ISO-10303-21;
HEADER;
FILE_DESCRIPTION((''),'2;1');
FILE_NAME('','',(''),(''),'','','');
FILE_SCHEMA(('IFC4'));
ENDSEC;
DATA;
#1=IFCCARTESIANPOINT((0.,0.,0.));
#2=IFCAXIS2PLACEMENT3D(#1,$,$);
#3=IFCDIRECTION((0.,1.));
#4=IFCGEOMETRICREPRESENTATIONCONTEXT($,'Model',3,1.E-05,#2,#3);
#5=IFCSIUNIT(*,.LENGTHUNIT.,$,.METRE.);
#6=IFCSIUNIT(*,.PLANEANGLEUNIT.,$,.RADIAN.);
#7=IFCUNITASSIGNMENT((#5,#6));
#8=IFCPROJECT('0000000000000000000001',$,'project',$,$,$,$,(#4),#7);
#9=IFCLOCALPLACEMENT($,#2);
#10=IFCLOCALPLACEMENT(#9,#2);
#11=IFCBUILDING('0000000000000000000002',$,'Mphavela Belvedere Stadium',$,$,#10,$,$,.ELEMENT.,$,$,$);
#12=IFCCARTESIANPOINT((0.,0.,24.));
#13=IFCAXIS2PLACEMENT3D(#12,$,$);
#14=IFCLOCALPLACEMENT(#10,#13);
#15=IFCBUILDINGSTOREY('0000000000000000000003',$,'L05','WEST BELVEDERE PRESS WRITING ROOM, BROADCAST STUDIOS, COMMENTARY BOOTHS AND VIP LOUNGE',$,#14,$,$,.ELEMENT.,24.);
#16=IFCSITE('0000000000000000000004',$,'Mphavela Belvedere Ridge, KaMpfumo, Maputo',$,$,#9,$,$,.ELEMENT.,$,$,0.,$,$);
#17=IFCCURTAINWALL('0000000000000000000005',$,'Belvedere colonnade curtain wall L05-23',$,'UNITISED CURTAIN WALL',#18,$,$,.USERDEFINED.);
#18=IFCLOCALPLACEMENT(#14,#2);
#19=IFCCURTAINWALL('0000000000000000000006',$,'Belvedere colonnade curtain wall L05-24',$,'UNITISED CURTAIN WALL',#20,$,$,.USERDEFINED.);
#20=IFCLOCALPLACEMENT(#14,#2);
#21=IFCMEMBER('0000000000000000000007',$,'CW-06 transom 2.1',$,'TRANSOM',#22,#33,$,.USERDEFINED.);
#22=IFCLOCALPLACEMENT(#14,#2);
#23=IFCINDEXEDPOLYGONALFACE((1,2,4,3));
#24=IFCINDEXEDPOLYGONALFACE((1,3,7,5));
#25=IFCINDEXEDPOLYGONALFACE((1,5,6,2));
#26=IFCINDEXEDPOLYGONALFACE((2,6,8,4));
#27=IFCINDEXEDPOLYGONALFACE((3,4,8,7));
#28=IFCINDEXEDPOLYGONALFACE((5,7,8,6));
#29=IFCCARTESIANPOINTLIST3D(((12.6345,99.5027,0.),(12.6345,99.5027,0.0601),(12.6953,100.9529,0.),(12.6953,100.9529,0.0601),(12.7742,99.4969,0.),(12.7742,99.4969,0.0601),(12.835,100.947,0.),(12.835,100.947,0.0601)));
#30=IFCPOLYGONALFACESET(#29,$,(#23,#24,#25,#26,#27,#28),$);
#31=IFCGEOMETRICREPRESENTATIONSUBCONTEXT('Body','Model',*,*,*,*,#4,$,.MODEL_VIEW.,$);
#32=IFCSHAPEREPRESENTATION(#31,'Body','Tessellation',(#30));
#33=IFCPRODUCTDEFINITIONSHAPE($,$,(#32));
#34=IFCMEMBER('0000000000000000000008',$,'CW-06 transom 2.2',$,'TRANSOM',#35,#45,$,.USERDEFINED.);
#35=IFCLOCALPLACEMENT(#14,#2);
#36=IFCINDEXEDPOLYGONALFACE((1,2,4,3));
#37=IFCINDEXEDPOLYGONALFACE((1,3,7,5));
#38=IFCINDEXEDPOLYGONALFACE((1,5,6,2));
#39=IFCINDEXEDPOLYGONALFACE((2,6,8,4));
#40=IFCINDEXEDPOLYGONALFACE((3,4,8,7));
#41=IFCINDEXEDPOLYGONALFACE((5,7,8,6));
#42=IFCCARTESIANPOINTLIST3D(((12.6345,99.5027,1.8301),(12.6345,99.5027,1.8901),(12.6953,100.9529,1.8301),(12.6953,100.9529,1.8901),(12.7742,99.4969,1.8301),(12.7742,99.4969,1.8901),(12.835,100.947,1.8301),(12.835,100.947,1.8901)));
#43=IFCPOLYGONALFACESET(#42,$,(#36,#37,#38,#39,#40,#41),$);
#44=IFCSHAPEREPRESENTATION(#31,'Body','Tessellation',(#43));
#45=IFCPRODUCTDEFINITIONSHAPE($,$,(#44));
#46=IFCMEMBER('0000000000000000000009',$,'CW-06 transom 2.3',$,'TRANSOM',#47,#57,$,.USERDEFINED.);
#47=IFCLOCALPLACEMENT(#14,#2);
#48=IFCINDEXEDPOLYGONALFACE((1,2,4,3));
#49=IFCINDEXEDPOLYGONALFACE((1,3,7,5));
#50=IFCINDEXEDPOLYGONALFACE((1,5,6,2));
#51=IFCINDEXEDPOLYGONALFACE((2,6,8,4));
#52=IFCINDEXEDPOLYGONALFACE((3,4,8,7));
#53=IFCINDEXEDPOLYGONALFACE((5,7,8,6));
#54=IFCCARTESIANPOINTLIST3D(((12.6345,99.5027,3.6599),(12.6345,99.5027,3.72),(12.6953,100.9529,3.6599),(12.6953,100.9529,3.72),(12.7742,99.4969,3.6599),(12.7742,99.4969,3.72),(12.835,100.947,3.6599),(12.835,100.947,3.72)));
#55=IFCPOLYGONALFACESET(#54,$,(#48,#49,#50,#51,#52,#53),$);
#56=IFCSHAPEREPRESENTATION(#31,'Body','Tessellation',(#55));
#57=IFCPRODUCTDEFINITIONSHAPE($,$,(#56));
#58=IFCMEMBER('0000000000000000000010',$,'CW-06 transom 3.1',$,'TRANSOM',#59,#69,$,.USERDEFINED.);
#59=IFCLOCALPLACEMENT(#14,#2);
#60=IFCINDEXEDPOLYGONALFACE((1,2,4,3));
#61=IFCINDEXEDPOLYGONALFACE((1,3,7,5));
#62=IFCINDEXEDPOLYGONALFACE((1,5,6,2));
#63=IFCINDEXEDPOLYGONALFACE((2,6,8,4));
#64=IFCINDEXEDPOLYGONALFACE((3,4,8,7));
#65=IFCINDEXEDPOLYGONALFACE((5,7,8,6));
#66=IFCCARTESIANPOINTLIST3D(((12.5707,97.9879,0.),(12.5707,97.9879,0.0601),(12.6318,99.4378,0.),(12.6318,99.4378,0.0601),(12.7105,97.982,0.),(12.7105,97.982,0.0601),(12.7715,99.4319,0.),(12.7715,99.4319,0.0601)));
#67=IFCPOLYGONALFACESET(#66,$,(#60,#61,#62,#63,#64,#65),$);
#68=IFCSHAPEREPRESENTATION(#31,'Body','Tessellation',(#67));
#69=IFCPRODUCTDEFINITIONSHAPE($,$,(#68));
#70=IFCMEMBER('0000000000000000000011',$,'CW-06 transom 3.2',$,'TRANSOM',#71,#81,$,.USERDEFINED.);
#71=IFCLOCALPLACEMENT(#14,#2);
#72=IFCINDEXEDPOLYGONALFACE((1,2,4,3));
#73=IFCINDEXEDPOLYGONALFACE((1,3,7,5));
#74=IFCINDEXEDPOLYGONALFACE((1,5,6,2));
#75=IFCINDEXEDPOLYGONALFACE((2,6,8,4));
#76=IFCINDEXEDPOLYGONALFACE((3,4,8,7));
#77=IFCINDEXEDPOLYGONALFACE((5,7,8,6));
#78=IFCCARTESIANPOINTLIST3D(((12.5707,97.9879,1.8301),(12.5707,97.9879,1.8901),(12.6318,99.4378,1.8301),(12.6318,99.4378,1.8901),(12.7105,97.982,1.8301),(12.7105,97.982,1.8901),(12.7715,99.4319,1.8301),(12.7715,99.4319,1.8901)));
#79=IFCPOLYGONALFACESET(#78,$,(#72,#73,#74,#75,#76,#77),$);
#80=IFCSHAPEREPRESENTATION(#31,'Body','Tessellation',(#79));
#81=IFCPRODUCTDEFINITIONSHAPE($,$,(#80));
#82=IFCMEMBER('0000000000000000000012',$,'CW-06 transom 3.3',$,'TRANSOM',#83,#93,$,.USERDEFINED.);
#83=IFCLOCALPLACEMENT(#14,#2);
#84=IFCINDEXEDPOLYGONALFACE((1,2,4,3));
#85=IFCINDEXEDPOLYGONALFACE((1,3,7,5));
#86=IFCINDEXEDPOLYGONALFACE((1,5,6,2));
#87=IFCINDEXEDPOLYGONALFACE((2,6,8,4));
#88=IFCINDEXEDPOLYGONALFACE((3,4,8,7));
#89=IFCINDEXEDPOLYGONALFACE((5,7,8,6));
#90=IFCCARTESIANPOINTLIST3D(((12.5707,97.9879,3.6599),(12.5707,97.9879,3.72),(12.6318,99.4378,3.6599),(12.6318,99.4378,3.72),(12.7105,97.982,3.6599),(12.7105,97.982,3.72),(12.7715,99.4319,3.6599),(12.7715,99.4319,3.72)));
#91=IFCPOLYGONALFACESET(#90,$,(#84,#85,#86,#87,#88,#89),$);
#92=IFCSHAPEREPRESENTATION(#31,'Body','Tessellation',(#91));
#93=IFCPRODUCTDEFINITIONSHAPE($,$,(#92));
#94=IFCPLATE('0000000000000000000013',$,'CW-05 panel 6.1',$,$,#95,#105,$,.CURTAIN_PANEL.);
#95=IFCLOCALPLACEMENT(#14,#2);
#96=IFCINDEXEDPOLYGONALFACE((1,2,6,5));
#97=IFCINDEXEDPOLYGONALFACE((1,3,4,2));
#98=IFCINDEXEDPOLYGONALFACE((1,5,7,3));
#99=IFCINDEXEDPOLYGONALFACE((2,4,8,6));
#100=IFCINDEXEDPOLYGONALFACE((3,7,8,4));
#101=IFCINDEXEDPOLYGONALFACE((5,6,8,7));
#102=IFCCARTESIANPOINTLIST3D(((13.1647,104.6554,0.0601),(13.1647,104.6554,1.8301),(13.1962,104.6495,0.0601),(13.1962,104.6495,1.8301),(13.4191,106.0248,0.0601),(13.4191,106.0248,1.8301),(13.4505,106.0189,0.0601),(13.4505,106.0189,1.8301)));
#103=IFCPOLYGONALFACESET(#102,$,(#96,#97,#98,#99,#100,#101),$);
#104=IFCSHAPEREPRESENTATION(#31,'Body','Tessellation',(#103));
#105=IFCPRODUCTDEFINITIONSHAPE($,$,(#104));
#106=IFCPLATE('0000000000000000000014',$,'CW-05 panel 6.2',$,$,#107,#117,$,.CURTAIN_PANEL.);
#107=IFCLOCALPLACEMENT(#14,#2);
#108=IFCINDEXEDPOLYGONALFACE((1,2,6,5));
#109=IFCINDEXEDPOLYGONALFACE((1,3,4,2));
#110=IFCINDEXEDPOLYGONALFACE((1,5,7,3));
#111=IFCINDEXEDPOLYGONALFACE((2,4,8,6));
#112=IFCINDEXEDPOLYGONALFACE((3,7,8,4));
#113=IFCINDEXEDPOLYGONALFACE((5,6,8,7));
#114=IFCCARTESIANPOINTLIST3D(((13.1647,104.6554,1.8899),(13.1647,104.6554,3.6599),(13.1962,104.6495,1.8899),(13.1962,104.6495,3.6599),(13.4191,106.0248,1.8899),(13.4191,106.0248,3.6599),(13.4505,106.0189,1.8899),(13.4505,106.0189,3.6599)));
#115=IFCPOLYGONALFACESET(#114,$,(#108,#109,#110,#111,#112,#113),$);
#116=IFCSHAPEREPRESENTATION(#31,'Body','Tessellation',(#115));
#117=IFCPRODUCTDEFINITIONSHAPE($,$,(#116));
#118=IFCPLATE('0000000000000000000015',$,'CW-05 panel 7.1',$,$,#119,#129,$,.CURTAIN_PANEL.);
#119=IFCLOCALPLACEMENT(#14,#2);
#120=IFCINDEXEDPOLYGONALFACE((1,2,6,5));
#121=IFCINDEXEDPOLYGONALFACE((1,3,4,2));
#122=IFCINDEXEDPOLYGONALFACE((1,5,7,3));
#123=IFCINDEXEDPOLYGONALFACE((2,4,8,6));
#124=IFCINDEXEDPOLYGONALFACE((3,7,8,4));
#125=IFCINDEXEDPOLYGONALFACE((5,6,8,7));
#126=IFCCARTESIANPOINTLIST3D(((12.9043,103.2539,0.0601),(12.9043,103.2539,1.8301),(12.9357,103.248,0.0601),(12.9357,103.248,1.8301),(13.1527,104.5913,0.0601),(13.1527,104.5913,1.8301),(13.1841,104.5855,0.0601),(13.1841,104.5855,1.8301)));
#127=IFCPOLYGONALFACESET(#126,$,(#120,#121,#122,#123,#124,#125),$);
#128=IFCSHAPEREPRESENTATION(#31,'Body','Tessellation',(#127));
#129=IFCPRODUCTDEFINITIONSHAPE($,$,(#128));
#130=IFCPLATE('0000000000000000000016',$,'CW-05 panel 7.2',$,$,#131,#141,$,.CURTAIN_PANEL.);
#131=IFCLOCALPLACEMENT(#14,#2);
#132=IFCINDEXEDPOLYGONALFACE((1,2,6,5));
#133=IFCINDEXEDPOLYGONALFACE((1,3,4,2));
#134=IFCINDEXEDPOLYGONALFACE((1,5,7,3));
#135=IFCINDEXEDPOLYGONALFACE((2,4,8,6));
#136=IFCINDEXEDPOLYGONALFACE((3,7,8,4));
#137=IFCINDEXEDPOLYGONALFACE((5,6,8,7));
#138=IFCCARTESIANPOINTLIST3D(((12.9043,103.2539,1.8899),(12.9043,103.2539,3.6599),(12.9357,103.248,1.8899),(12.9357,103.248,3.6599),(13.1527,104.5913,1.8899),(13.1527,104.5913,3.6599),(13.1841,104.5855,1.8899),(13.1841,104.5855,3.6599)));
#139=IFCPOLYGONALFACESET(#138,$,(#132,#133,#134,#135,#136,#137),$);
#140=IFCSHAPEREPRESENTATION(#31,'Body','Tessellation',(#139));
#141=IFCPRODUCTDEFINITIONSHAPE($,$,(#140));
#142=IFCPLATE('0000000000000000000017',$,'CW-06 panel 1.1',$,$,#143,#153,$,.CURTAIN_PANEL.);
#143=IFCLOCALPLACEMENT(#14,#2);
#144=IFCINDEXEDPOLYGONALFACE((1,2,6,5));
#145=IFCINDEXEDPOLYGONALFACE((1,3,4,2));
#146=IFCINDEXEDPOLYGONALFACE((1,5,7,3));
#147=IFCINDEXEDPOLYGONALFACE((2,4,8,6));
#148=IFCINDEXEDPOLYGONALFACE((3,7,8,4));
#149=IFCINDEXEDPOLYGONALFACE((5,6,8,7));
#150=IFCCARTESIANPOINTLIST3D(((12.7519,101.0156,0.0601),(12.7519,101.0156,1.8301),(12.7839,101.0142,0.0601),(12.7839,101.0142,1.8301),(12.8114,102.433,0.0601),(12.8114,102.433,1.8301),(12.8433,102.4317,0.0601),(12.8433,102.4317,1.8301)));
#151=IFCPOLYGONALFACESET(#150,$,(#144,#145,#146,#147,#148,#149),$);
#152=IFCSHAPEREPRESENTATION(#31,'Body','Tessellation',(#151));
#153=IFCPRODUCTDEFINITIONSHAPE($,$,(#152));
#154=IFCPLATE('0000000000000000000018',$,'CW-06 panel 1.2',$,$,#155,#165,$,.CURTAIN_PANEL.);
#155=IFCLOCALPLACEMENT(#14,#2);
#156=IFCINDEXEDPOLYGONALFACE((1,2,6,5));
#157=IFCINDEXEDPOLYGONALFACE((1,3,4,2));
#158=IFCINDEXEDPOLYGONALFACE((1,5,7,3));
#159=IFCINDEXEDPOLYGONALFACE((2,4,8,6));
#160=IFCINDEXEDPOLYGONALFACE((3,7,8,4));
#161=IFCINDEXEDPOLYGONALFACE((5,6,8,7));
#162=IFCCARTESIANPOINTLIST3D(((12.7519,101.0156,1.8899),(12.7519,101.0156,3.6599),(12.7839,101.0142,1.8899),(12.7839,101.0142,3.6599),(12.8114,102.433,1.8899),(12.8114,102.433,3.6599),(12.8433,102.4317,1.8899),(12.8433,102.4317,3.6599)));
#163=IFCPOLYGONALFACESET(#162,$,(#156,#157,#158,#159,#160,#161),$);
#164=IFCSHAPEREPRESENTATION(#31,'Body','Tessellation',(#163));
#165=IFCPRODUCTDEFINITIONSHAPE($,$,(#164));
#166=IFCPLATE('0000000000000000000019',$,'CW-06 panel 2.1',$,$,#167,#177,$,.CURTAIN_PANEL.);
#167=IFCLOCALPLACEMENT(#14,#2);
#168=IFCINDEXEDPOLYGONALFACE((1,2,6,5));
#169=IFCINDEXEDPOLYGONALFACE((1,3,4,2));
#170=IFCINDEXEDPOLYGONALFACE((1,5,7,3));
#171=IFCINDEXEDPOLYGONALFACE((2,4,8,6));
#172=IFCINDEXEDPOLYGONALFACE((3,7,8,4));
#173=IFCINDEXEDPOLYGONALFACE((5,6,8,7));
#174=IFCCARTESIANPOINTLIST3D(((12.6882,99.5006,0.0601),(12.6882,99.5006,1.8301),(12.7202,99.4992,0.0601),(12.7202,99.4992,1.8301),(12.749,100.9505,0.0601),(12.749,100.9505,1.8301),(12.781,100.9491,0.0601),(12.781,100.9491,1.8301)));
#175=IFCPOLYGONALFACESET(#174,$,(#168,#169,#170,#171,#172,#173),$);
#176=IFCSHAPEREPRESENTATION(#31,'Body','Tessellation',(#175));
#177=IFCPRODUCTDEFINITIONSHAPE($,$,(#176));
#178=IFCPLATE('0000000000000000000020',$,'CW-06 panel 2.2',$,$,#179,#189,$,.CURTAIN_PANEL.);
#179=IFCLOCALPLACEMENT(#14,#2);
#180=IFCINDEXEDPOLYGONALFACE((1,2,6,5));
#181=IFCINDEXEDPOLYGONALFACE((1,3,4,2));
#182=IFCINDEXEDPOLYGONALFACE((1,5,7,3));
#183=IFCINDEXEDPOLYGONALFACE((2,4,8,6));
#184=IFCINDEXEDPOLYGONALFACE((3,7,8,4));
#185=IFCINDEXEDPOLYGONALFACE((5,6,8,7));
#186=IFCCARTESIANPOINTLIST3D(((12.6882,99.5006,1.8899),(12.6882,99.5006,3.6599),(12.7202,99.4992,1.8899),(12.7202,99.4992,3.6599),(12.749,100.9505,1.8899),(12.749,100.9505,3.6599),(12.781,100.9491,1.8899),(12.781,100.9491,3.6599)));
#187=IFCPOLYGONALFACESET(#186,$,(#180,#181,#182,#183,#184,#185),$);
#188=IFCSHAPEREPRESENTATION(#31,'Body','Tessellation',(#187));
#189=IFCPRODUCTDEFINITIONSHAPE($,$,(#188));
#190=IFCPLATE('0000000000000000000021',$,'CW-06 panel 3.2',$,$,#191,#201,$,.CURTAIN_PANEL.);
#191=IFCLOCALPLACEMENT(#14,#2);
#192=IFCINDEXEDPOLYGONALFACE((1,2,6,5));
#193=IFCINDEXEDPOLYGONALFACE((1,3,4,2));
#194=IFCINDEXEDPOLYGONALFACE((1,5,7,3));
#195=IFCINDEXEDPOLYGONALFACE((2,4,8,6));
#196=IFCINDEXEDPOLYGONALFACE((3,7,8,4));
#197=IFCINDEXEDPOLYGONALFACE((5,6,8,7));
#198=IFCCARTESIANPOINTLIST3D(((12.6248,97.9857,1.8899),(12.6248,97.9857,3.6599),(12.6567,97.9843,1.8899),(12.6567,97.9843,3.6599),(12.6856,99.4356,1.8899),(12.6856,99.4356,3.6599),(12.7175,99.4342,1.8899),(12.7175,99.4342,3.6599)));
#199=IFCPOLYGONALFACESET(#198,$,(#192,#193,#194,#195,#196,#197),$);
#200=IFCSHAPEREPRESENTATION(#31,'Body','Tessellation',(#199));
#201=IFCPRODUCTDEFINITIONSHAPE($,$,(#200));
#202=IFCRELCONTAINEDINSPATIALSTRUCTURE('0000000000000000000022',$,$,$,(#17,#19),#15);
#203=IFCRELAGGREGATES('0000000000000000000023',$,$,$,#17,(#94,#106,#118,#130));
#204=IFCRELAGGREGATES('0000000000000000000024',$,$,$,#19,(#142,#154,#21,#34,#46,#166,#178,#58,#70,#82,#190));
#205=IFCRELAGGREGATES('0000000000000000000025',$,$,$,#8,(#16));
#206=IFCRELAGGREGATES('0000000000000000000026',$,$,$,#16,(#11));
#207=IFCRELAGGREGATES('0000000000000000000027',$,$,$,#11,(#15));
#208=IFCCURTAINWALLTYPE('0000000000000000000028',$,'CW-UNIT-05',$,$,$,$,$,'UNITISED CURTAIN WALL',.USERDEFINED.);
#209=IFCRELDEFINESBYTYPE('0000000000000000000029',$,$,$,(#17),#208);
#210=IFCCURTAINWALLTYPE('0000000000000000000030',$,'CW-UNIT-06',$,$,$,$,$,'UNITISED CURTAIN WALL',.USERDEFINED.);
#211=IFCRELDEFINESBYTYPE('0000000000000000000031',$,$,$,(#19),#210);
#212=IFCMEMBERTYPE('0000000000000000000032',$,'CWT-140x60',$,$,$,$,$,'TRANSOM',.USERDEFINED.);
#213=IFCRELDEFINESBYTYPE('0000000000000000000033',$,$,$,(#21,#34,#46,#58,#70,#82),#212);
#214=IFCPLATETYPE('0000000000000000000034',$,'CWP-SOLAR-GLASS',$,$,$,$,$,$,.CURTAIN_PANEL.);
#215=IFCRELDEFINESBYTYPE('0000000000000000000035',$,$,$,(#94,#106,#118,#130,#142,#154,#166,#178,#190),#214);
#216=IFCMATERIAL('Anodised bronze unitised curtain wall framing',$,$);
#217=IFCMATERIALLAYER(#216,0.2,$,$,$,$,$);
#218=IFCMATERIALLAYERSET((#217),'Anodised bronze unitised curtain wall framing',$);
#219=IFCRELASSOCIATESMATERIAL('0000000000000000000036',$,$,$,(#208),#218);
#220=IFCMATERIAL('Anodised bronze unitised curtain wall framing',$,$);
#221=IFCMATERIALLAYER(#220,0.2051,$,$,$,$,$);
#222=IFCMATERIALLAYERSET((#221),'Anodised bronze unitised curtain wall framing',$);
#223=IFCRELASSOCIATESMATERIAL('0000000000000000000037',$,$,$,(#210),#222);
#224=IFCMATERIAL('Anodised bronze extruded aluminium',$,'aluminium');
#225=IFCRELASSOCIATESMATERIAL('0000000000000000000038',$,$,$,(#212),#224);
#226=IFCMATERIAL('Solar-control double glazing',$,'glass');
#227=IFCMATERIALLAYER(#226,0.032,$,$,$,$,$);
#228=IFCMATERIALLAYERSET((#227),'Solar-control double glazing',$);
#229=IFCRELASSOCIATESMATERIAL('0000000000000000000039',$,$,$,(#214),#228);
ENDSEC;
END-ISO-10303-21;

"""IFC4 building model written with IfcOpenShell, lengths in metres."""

from ifc_helpers import new_model, si_unit, direction, frame, origin, origin_2d, place, context, subcontext, project, spatial, rectangle, extrude, material, layer, layer_set, material_profile, profile_set, type_object, element, aggregate, save


model = new_model("IFC4")

# Units and contexts
model_context = context("Model", 3, precision=1e-05, world=origin(), true_north=direction((0.0, 1.0)))
body_context = subcontext(model_context, "Body", "Model", "MODEL_VIEW")
ifc_project = project(units=[si_unit("LENGTHUNIT", "METRE"), si_unit("PLANEANGLEUNIT", "RADIAN")], contexts=[model_context])

# Site, building, storey
site_placement = place(None, origin())
site = spatial("IfcSite", under=ifc_project, at=site_placement, Name="Mphavela Belvedere Ridge, KaMpfumo, Maputo", CompositionType="ELEMENT", RefElevation=0.0)
building_placement = place(site_placement, origin())
building = spatial("IfcBuilding", under=site, at=building_placement, Name="Mphavela Belvedere Stadium", CompositionType="ELEMENT")
storey_placement = place(building_placement, frame((0.0, 0.0, 24.0)))
storey = spatial("IfcBuildingStorey", under=building, at=storey_placement, Name="L05", Description="WEST BELVEDERE PRESS WRITING ROOM, BROADCAST STUDIOS, COMMENTARY BOOTHS AND VIP LOUNGE", CompositionType="ELEMENT", Elevation=24.0)

# Curtain walls
ifc_material_1 = material(Name="Anodised bronze unitised curtain wall framing")
ifc_layer_1 = layer(ifc_material_1, 0.2)
ifc_layer_set_1 = layer_set([ifc_layer_1], Name="Anodised bronze unitised curtain wall framing")
curtain_wall_type_1 = type_object("IfcCurtainWallType", Name="CW-UNIT-05", ElementType="UNITISED CURTAIN WALL", PredefinedType="USERDEFINED", material=ifc_layer_set_1)
curtain_wall_1_placement = place(storey_placement, origin())
curtain_wall_1 = element("IfcCurtainWall", 1, at=curtain_wall_1_placement, inside=storey, type_object=curtain_wall_type_1, Name="Belvedere colonnade curtain wall L05-23", ObjectType="UNITISED CURTAIN WALL", PredefinedType="USERDEFINED")
ifc_material_2 = material(Name="Anodised bronze unitised curtain wall framing")
ifc_layer_2 = layer(ifc_material_2, 0.2051)
ifc_layer_set_2 = layer_set([ifc_layer_2], Name="Anodised bronze unitised curtain wall framing")
curtain_wall_type_2 = type_object("IfcCurtainWallType", Name="CW-UNIT-06", ElementType="UNITISED CURTAIN WALL", PredefinedType="USERDEFINED", material=ifc_layer_set_2)
curtain_wall_2_placement = place(storey_placement, origin())
curtain_wall_2 = element("IfcCurtainWall", 2, at=curtain_wall_2_placement, inside=storey, type_object=curtain_wall_type_2, Name="Belvedere colonnade curtain wall L05-24", ObjectType="UNITISED CURTAIN WALL", PredefinedType="USERDEFINED")

# Members
ifc_material_3 = material(Name="Anodised bronze extruded aluminium", Category="aluminium")
ifc_material_profile_1 = material_profile(ifc_material_3, rectangle(XDim=0.1399, YDim=0.0601, at=origin_2d()), Name="CW-TRN 140x60")
ifc_profile_set_1 = profile_set([ifc_material_profile_1], Name="Anodised bronze extruded aluminium")
member_type_1 = type_object("IfcMemberType", Name="CWT-140x60", ElementType="TRANSOM", PredefinedType="USERDEFINED", material=ifc_profile_set_1)
member_1_placement = place(storey_placement, frame((12.7651, 100.95, 0.03), z_axis=(-0.041882, -0.999123, 0.0), x_axis=(0.999123, -0.041882, 0.0)))
member_1 = element("IfcMember", 3, at=member_1_placement, type_object=member_type_1, Name="CW-06 transom 2.1", ObjectType="TRANSOM", PredefinedType="USERDEFINED", context=body_context, shape_type="SweptSolid", body=[
    extrude(rectangle(XDim=0.1399, YDim=0.0601, at=origin_2d()), origin(), (0.0, 0.0, 1.0), 1.4514),
])
member_2_placement = place(storey_placement, frame((12.7651, 100.95, 1.8601), z_axis=(-0.041882, -0.999123, 0.0), x_axis=(0.999123, -0.041882, 0.0)))
member_2 = element("IfcMember", 4, at=member_2_placement, type_object=member_type_1, Name="CW-06 transom 2.2", ObjectType="TRANSOM", PredefinedType="USERDEFINED", context=body_context, shape_type="SweptSolid", body=[
    extrude(rectangle(XDim=0.1399, YDim=0.0601, at=origin_2d()), origin(), (0.0, 0.0, 1.0), 1.4514),
])
member_3_placement = place(storey_placement, frame((12.7651, 100.95, 3.6899), z_axis=(-0.041882, -0.999123, 0.0), x_axis=(0.999123, -0.041882, 0.0)))
member_3 = element("IfcMember", 5, at=member_3_placement, type_object=member_type_1, Name="CW-06 transom 2.3", ObjectType="TRANSOM", PredefinedType="USERDEFINED", context=body_context, shape_type="SweptSolid", body=[
    extrude(rectangle(XDim=0.1399, YDim=0.0601, at=origin_2d()), origin(), (0.0, 0.0, 1.0), 1.4514),
])
member_4_placement = place(storey_placement, frame((12.7017, 99.4348, 0.03), z_axis=(-0.042057, -0.999115, 0.0), x_axis=(0.999115, -0.042057, 0.0)))
member_4 = element("IfcMember", 6, at=member_4_placement, type_object=member_type_1, Name="CW-06 transom 3.1", ObjectType="TRANSOM", PredefinedType="USERDEFINED", context=body_context, shape_type="SweptSolid", body=[
    extrude(rectangle(XDim=0.1399, YDim=0.0601, at=origin_2d()), origin(), (0.0, 0.0, 1.0), 1.4512),
])
member_5_placement = place(storey_placement, frame((12.7017, 99.4348, 1.8601), z_axis=(-0.042057, -0.999115, 0.0), x_axis=(0.999115, -0.042057, 0.0)))
member_5 = element("IfcMember", 7, at=member_5_placement, type_object=member_type_1, Name="CW-06 transom 3.2", ObjectType="TRANSOM", PredefinedType="USERDEFINED", context=body_context, shape_type="SweptSolid", body=[
    extrude(rectangle(XDim=0.1399, YDim=0.0601, at=origin_2d()), origin(), (0.0, 0.0, 1.0), 1.4512),
])
member_6_placement = place(storey_placement, frame((12.7017, 99.4348, 3.6899), z_axis=(-0.042057, -0.999115, 0.0), x_axis=(0.999115, -0.042057, 0.0)))
member_6 = element("IfcMember", 8, at=member_6_placement, type_object=member_type_1, Name="CW-06 transom 3.3", ObjectType="TRANSOM", PredefinedType="USERDEFINED", context=body_context, shape_type="SweptSolid", body=[
    extrude(rectangle(XDim=0.1399, YDim=0.0601, at=origin_2d()), origin(), (0.0, 0.0, 1.0), 1.4512),
])

# Plates
ifc_material_4 = material(Name="Solar-control double glazing", Category="glass")
ifc_layer_3 = layer(ifc_material_4, 0.032)
ifc_layer_set_3 = layer_set([ifc_layer_3], Name="Solar-control double glazing")
plate_type = type_object("IfcPlateType", Name="CWP-SOLAR-GLASS", PredefinedType="CURTAIN_PANEL", material=ifc_layer_set_3)
plate_1_placement = place(storey_placement, frame((13.3076, 105.3372, 0.0601), z_axis=(0.0, 0.0, 1.0), x_axis=(-0.182618, -0.983184, 0.0)))
plate_1 = element("IfcPlate", 9, at=plate_1_placement, type_object=plate_type, Name="CW-05 panel 6.1", PredefinedType="CURTAIN_PANEL", context=body_context, shape_type="SweptSolid", body=[
    extrude(rectangle(XDim=1.3928, YDim=0.032, at=origin_2d()), origin(), (0.0, 0.0, 1.0), 1.77),
])
plate_2_placement = place(storey_placement, frame((13.3076, 105.3372, 1.8899), z_axis=(0.0, 0.0, 1.0), x_axis=(-0.182618, -0.983184, 0.0)))
plate_2 = element("IfcPlate", 10, at=plate_2_placement, type_object=plate_type, Name="CW-05 panel 6.2", PredefinedType="CURTAIN_PANEL", context=body_context, shape_type="SweptSolid", body=[
    extrude(rectangle(XDim=1.3928, YDim=0.032, at=origin_2d()), origin(), (0.0, 0.0, 1.0), 1.77),
])
plate_3_placement = place(storey_placement, frame((13.0442, 103.9197, 0.0601), z_axis=(0.0, 0.0, 1.0), x_axis=(-0.182618, -0.983184, 0.0)))
plate_3 = element("IfcPlate", 11, at=plate_3_placement, type_object=plate_type, Name="CW-05 panel 7.1", PredefinedType="CURTAIN_PANEL", context=body_context, shape_type="SweptSolid", body=[
    extrude(rectangle(XDim=1.3604, YDim=0.032, at=origin_2d()), origin(), (0.0, 0.0, 1.0), 1.77),
])
plate_4_placement = place(storey_placement, frame((13.0442, 103.9197, 1.8899), z_axis=(0.0, 0.0, 1.0), x_axis=(-0.182618, -0.983184, 0.0)))
plate_4 = element("IfcPlate", 12, at=plate_4_placement, type_object=plate_type, Name="CW-05 panel 7.2", PredefinedType="CURTAIN_PANEL", context=body_context, shape_type="SweptSolid", body=[
    extrude(rectangle(XDim=1.3604, YDim=0.032, at=origin_2d()), origin(), (0.0, 0.0, 1.0), 1.77),
])
aggregate(curtain_wall_1, [plate_1, plate_2, plate_3, plate_4])
plate_5_placement = place(storey_placement, frame((12.7976, 101.7236, 0.0601), z_axis=(0.0, 0.0, 1.0), x_axis=(-0.041905, -0.999122, 0.0)))
plate_5 = element("IfcPlate", 13, at=plate_5_placement, type_object=plate_type, Name="CW-06 panel 1.1", PredefinedType="CURTAIN_PANEL", context=body_context, shape_type="SweptSolid", body=[
    extrude(rectangle(XDim=1.4187, YDim=0.032, at=origin_2d()), origin(), (0.0, 0.0, 1.0), 1.77),
])
plate_6_placement = place(storey_placement, frame((12.7976, 101.7236, 1.8899), z_axis=(0.0, 0.0, 1.0), x_axis=(-0.041905, -0.999122, 0.0)))
plate_6 = element("IfcPlate", 14, at=plate_6_placement, type_object=plate_type, Name="CW-06 panel 1.2", PredefinedType="CURTAIN_PANEL", context=body_context, shape_type="SweptSolid", body=[
    extrude(rectangle(XDim=1.4187, YDim=0.032, at=origin_2d()), origin(), (0.0, 0.0, 1.0), 1.77),
])
plate_7_placement = place(storey_placement, frame((12.7346, 100.2249, 0.0601), z_axis=(0.0, 0.0, 1.0), x_axis=(-0.041905, -0.999122, 0.0)))
plate_7 = element("IfcPlate", 15, at=plate_7_placement, type_object=plate_type, Name="CW-06 panel 2.1", PredefinedType="CURTAIN_PANEL", context=body_context, shape_type="SweptSolid", body=[
    extrude(rectangle(XDim=1.4512, YDim=0.032, at=origin_2d()), origin(), (0.0, 0.0, 1.0), 1.77),
])
plate_8_placement = place(storey_placement, frame((12.7346, 100.2249, 1.8899), z_axis=(0.0, 0.0, 1.0), x_axis=(-0.041905, -0.999122, 0.0)))
plate_8 = element("IfcPlate", 16, at=plate_8_placement, type_object=plate_type, Name="CW-06 panel 2.2", PredefinedType="CURTAIN_PANEL", context=body_context, shape_type="SweptSolid", body=[
    extrude(rectangle(XDim=1.4512, YDim=0.032, at=origin_2d()), origin(), (0.0, 0.0, 1.0), 1.77),
])
plate_9_placement = place(storey_placement, frame((12.6711, 98.71, 1.8899), z_axis=(0.0, 0.0, 1.0), x_axis=(-0.041905, -0.999122, 0.0)))
plate_9 = element("IfcPlate", 17, at=plate_9_placement, type_object=plate_type, Name="CW-06 panel 3.2", PredefinedType="CURTAIN_PANEL", context=body_context, shape_type="SweptSolid", body=[
    extrude(rectangle(XDim=1.4512, YDim=0.032, at=origin_2d()), origin(), (0.0, 0.0, 1.0), 1.77),
])
aggregate(curtain_wall_2, [plate_5, plate_6, member_1, member_2, member_3, plate_7, plate_8, member_4, member_5, member_6, plate_9])

save(model, "model.ifc")
